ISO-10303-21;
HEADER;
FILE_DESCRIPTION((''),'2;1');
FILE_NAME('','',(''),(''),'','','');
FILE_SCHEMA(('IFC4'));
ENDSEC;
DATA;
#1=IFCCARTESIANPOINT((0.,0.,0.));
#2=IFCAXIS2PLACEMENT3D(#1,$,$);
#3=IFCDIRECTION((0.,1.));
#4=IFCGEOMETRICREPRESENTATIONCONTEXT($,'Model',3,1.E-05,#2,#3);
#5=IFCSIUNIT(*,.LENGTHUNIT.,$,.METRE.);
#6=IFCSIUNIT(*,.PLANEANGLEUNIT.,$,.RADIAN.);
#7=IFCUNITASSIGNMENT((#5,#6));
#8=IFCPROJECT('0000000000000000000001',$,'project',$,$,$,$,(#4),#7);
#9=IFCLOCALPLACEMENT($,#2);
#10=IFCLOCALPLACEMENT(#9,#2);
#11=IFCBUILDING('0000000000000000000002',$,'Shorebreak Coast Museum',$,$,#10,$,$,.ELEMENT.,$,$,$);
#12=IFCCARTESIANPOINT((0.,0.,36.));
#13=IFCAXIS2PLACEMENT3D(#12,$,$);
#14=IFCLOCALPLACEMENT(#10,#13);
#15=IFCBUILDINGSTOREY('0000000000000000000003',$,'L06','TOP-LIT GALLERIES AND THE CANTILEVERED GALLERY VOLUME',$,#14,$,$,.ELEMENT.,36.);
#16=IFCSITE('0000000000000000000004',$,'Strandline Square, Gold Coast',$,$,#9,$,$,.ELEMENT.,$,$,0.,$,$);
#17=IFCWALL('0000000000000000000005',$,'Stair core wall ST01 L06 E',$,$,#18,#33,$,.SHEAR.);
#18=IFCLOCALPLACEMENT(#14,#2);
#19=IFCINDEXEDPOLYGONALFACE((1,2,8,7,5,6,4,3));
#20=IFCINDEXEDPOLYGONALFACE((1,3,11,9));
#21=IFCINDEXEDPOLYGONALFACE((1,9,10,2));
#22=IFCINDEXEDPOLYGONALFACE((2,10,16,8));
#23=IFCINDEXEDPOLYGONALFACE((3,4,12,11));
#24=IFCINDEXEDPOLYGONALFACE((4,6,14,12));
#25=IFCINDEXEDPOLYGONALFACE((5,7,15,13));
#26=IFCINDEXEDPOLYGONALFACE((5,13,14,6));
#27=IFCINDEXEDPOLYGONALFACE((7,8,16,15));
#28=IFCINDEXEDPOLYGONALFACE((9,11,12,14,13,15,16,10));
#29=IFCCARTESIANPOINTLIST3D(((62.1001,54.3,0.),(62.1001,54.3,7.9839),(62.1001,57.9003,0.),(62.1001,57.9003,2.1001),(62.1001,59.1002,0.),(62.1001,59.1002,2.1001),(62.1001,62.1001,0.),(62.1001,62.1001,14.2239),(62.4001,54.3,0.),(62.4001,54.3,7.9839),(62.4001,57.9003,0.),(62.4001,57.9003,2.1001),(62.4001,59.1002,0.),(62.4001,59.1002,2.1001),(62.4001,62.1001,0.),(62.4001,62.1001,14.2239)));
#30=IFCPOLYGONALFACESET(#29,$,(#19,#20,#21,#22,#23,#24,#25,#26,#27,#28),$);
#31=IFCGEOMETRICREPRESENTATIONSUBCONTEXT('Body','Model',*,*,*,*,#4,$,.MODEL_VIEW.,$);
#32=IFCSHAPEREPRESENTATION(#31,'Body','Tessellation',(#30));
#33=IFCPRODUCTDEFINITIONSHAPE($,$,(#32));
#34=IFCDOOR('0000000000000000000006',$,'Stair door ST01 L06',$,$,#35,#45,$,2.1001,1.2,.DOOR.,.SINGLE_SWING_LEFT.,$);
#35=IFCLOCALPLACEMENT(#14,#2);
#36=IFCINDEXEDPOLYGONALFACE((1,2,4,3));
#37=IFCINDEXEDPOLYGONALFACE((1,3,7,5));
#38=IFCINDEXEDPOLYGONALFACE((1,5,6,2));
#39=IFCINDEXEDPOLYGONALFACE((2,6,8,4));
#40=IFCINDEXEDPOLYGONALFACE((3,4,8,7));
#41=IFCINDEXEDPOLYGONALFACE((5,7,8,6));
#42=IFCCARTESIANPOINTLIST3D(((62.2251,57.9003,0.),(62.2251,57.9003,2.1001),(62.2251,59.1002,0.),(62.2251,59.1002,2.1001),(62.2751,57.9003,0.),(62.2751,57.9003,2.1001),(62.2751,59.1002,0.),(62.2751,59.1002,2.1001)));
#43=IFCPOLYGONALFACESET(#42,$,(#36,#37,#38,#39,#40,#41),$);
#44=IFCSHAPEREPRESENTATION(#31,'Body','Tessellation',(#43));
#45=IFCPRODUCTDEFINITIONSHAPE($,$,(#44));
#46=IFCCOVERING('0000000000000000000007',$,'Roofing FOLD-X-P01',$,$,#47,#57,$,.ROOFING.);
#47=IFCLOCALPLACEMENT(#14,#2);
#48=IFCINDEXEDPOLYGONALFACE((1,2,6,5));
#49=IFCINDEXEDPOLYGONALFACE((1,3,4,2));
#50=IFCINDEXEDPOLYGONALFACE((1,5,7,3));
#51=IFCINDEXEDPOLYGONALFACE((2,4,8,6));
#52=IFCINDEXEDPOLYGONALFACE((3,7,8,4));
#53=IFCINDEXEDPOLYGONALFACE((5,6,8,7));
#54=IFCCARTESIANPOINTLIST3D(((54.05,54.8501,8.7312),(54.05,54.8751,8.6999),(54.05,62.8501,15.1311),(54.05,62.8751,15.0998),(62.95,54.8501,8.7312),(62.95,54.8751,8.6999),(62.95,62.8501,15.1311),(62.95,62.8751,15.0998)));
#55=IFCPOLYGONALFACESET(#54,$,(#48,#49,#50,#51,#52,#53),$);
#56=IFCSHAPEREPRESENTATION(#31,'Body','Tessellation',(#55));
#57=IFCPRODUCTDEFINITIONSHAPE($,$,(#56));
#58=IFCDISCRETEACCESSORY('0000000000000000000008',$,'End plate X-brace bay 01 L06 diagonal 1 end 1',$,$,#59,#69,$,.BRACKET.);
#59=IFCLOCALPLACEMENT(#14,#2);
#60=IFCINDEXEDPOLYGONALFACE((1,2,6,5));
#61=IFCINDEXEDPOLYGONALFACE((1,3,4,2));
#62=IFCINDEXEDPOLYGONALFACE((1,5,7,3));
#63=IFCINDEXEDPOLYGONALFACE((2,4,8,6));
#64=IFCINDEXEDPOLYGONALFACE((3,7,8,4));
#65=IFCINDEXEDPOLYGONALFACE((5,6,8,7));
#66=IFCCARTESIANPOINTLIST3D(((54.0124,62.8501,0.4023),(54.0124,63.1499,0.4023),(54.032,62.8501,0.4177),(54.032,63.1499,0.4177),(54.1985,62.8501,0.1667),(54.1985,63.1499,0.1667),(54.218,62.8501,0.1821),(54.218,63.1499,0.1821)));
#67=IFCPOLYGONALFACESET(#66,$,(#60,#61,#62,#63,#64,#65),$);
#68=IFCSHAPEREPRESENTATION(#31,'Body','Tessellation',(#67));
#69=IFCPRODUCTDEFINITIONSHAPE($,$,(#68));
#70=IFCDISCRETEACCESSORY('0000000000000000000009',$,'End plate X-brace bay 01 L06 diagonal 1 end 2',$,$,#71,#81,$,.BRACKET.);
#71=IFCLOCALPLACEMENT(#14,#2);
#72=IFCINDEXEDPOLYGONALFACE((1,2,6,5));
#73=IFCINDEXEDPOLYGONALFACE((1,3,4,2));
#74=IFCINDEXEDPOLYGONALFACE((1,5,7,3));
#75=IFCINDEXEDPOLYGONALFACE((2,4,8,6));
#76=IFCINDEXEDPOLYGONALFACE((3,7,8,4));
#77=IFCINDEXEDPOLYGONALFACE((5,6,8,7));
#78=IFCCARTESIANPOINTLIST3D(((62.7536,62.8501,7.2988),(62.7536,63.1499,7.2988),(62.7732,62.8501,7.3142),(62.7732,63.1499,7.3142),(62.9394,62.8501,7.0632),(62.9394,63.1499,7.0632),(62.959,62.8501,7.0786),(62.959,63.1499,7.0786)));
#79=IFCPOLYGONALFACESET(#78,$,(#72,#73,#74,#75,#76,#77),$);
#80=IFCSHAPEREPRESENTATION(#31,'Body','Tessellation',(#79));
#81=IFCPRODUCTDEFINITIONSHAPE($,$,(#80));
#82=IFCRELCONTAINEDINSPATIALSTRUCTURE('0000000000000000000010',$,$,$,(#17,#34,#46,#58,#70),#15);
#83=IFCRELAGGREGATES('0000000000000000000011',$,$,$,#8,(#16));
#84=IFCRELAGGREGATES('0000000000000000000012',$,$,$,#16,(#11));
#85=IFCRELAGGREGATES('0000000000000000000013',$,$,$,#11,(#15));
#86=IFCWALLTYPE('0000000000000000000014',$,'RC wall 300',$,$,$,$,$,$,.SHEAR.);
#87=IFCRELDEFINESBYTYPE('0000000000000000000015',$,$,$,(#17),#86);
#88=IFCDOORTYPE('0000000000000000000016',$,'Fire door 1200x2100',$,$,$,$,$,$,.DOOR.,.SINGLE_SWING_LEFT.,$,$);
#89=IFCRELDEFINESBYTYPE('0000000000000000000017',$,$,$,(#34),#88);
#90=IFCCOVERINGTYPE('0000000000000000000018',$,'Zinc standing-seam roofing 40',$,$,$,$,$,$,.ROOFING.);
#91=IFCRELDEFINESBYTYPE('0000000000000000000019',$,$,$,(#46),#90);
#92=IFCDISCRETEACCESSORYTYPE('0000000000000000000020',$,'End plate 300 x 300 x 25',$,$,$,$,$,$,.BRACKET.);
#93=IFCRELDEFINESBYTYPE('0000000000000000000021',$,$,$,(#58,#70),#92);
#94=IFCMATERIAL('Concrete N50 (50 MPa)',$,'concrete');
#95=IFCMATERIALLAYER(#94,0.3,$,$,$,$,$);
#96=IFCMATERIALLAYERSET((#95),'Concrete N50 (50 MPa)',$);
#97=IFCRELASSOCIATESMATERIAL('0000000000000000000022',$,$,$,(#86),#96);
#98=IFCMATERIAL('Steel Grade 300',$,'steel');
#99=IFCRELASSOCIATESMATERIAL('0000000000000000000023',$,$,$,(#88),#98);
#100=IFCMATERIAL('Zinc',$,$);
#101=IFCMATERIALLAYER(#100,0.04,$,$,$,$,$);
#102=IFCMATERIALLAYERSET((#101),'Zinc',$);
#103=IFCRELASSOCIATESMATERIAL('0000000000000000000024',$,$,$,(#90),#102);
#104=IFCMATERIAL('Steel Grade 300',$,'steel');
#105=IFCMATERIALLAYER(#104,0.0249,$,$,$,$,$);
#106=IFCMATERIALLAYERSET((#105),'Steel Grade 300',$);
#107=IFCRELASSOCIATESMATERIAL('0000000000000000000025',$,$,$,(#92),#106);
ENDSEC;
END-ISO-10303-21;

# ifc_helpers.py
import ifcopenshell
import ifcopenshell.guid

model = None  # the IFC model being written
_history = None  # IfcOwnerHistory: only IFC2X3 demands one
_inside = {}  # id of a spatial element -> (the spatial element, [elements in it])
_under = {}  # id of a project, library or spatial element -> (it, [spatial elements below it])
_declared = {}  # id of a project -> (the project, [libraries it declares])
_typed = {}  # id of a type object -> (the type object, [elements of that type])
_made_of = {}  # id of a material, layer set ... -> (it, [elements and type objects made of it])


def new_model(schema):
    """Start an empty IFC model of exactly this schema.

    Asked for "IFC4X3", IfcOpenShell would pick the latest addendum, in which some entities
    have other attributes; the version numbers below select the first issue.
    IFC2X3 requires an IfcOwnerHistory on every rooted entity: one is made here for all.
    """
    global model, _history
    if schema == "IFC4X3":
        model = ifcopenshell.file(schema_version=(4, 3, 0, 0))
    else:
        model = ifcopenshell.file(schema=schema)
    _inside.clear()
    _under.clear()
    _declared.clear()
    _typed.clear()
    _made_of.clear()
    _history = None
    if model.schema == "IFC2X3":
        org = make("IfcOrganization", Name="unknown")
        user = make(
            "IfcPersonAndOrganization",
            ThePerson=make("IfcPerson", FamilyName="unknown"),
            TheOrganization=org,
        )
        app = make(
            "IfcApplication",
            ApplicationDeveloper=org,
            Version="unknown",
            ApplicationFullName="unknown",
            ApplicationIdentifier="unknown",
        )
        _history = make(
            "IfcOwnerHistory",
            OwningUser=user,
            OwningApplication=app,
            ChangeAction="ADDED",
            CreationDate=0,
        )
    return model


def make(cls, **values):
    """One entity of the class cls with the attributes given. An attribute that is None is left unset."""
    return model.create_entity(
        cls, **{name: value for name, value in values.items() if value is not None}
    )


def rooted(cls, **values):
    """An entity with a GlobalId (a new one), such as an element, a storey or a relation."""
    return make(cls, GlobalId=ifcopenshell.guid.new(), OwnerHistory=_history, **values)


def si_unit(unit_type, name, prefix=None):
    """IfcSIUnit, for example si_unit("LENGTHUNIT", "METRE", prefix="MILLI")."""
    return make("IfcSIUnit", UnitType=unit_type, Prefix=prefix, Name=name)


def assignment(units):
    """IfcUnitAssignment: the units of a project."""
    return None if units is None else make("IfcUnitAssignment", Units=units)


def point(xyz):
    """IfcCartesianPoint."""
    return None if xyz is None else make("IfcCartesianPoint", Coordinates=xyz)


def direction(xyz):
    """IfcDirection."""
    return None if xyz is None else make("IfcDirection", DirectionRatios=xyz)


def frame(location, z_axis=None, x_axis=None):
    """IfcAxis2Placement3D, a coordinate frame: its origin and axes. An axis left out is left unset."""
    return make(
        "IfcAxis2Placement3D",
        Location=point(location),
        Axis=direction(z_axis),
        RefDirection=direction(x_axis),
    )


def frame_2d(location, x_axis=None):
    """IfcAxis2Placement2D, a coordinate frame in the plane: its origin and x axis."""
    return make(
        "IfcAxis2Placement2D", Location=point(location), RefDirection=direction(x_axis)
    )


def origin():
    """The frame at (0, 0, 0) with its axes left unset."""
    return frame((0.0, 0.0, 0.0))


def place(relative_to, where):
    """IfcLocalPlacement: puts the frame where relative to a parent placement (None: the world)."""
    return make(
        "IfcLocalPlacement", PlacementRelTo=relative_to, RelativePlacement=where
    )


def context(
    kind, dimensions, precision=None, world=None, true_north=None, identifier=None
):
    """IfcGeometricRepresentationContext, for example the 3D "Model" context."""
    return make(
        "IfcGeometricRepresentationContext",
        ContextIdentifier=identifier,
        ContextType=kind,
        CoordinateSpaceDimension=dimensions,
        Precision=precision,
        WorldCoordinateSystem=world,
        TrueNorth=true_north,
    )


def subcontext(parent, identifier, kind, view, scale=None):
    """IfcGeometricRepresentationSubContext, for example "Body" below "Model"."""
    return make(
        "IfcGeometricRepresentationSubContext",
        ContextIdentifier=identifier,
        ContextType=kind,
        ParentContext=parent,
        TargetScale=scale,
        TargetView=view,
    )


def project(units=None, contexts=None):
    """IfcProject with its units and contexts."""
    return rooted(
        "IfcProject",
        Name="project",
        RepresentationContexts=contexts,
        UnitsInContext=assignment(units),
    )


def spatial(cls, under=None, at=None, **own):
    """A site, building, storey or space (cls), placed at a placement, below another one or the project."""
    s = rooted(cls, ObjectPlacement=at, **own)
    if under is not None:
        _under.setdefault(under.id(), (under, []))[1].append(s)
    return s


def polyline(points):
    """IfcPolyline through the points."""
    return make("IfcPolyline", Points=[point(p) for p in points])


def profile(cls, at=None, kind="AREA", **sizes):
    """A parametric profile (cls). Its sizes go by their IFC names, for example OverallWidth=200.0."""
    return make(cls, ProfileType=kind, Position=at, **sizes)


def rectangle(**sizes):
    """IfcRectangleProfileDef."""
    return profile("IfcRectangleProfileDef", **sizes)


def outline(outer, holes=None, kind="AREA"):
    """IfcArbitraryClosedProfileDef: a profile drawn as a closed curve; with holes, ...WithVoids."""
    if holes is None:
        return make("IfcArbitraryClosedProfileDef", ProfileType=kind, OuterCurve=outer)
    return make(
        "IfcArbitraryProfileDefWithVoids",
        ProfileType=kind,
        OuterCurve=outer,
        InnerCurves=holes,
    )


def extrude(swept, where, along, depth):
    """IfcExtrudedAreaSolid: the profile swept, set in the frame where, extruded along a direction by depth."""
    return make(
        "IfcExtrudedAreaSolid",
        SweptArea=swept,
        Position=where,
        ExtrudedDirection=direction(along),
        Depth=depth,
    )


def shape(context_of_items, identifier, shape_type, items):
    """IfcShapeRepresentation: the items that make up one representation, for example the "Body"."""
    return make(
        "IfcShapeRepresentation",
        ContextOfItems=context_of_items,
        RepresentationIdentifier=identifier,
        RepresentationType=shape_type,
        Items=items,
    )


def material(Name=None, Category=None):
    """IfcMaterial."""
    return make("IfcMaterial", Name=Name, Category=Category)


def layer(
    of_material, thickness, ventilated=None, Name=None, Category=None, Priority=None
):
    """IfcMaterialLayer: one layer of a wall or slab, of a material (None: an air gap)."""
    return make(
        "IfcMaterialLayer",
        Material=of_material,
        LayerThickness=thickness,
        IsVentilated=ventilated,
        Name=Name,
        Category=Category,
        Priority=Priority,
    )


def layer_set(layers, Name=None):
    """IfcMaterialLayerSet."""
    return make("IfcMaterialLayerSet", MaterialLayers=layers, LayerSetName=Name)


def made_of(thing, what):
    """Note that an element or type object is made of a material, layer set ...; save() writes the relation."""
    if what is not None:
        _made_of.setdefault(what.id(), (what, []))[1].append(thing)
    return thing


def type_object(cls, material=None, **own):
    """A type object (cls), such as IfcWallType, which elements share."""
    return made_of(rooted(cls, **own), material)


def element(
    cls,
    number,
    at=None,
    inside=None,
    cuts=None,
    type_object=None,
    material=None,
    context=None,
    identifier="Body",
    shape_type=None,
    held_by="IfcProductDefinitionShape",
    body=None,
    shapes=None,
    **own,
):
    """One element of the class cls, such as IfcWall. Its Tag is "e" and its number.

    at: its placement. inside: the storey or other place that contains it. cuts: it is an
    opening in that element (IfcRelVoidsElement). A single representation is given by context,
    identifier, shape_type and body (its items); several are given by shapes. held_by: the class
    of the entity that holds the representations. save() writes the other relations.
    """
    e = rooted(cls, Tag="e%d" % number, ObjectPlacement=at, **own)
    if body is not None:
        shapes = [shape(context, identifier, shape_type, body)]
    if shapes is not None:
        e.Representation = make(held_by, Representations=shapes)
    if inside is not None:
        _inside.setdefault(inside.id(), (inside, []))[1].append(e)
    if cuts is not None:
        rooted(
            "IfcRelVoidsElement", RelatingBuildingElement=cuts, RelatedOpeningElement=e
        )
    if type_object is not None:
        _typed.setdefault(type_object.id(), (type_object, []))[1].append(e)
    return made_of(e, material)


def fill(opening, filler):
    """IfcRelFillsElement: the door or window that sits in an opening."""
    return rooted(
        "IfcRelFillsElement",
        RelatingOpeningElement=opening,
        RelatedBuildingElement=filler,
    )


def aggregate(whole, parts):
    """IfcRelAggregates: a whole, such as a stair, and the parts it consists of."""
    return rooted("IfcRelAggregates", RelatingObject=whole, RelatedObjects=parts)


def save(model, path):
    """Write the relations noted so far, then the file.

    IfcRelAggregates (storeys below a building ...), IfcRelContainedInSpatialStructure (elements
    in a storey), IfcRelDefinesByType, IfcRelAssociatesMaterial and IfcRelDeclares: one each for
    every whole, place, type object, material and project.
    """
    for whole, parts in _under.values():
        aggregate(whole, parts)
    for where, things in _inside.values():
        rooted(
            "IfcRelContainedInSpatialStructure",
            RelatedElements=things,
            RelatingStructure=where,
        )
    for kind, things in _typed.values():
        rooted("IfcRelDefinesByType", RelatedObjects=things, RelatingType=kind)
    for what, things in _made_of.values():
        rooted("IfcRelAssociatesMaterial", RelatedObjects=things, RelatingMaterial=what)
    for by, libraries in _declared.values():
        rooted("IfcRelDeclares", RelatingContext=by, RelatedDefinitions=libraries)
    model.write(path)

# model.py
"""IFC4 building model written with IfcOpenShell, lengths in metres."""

from ifc_helpers import new_model, si_unit, direction, frame, frame_2d, origin, place, context, subcontext, project, spatial, polyline, rectangle, outline, extrude, material, layer, layer_set, type_object, element, fill, save


model = new_model("IFC4")

# Units and contexts
model_context = context("Model", 3, precision=1e-05, world=origin(), true_north=direction((0.0, 1.0)))
body_context = subcontext(model_context, "Body", "Model", "MODEL_VIEW")
ifc_project = project(units=[si_unit("LENGTHUNIT", "METRE"), si_unit("PLANEANGLEUNIT", "RADIAN")], contexts=[model_context])

# Site, building, storey
site_placement = place(None, origin())
site = spatial("IfcSite", under=ifc_project, at=site_placement, Name="Strandline Square, Gold Coast", CompositionType="ELEMENT", RefElevation=0.0)
building_placement = place(site_placement, origin())
building = spatial("IfcBuilding", under=site, at=building_placement, Name="Shorebreak Coast Museum", CompositionType="ELEMENT")
storey_placement = place(building_placement, frame((0.0, 0.0, 36.0)))
storey = spatial("IfcBuildingStorey", under=building, at=storey_placement, Name="L06", Description="TOP-LIT GALLERIES AND THE CANTILEVERED GALLERY VOLUME", CompositionType="ELEMENT", Elevation=36.0)

# Shared definitions
ifc_material_1 = material(Name="Concrete N50 (50 MPa)", Category="concrete")
ifc_layer_1 = layer(ifc_material_1, 0.3)
ifc_layer_set_1 = layer_set([ifc_layer_1], Name="Concrete N50 (50 MPa)")
wall_type_1 = type_object("IfcWallType", Name="RC wall 300", PredefinedType="SHEAR", material=ifc_layer_set_1)

# Wall, opening, door
wall_1_placement = place(storey_placement, frame((62.25, 54.3, 0.0), z_axis=(0.0, 0.0, 1.0), x_axis=(0.0, 1.0, 0.0)))
wall_1 = element("IfcWall", 1, at=wall_1_placement, inside=storey, type_object=wall_type_1, Name="Stair core wall ST01 L06 E", PredefinedType="SHEAR", context=body_context, shape_type="SweptSolid", body=[
    extrude(outline(polyline([(0.0, 0.0), (7.8, 0.0), (7.8, 14.2239), (0.0, 7.9839), (0.0, 0.0)])), frame((0.0, 0.1499, 0.0), z_axis=(0.0, -1.0, 0.0), x_axis=(1.0, 0.0, 0.0)), (0.0, 0.0, 1.0), 0.3),
])
opening_placement = place(wall_1_placement, frame((3.6001, 0.0, 0.0)))
opening = element("IfcOpeningElement", 2, at=opening_placement, cuts=wall_1, PredefinedType="OPENING", context=body_context, shape_type="SweptSolid", body=[
    extrude(rectangle(XDim=1.2, YDim=2.1001, at=frame_2d((0.6001, 1.05))), frame((0.0, 0.1599, 0.0), z_axis=(0.0, -1.0, 0.0), x_axis=(1.0, 0.0, 0.0)), (0.0, 0.0, 1.0), 0.3201),
])
ifc_material_2 = material(Name="Steel Grade 300", Category="steel")
door_type = type_object("IfcDoorType", Name="Fire door 1200x2100", OperationType="SINGLE_SWING_LEFT", PredefinedType="DOOR", material=ifc_material_2)
door_placement = place(opening_placement, origin())
door = element("IfcDoor", 3, at=door_placement, inside=storey, type_object=door_type, Name="Stair door ST01 L06", OperationType="SINGLE_SWING_LEFT", OverallHeight=2.1001, OverallWidth=1.2, PredefinedType="DOOR", context=body_context, shape_type="SweptSolid", body=[
    extrude(rectangle(XDim=1.2, YDim=2.1001, at=frame_2d((0.6001, 1.05))), frame((0.0, 0.0249, 0.0), z_axis=(0.0, -1.0, 0.0), x_axis=(1.0, 0.0, 0.0)), (0.0, 0.0, 1.0), 0.05),
])
fill(opening, door)

# Covering
ifc_material_3 = material(Name="Zinc")
ifc_layer_2 = layer(ifc_material_3, 0.04)
ifc_layer_set_2 = layer_set([ifc_layer_2], Name="Zinc")
covering_type = type_object("IfcCoveringType", Name="Zinc standing-seam roofing 40", PredefinedType="ROOFING", material=ifc_layer_set_2)
covering_placement = place(storey_placement, frame((54.05, 54.8501, 8.7312), z_axis=(0.0, -0.624689, 0.780873), x_axis=(1.0, 0.0, 0.0)))
element("IfcCovering", 4, at=covering_placement, inside=storey, type_object=covering_type, Name="Roofing FOLD-X-P01", PredefinedType="ROOFING", context=body_context, shape_type="SweptSolid", body=[
    extrude(outline(polyline([(0.0, 0.0), (8.8999, 0.0), (8.8999, 10.2449), (0.0, 10.2449), (0.0, 0.0)])), origin(), (0.0, 0.0, -1.0), 0.04),
])

# Discrete accessories
ifc_material_4 = material(Name="Steel Grade 300", Category="steel")
ifc_layer_3 = layer(ifc_material_4, 0.0249)
ifc_layer_set_3 = layer_set([ifc_layer_3], Name="Steel Grade 300")
discrete_accessory_type = type_object("IfcDiscreteAccessoryType", Name="End plate 300 x 300 x 25", PredefinedType="BRACKET", material=ifc_layer_set_3)
discrete_accessory_1_placement = place(storey_placement, frame((54.218, 62.8501, 0.1821), z_axis=(0.78482, 0.0, 0.619723), x_axis=(0.0, 1.0, 0.0)))
element("IfcDiscreteAccessory", 5, at=discrete_accessory_1_placement, inside=storey, type_object=discrete_accessory_type, Name="End plate X-brace bay 01 L06 diagonal 1 end 1", PredefinedType="BRACKET", context=body_context, shape_type="SweptSolid", body=[
    extrude(outline(polyline([(0.0, 0.0), (0.2998, 0.0), (0.2998, 0.3002), (0.0, 0.3002), (0.0, 0.0)])), origin(), (0.0, 0.0, -1.0), 0.0249),
])
discrete_accessory_2_placement = place(storey_placement, frame((62.959, 62.8501, 7.0786), z_axis=(0.785216, 0.0, 0.619222), x_axis=(0.0, 1.0, 0.0)))
element("IfcDiscreteAccessory", 6, at=discrete_accessory_2_placement, inside=storey, type_object=discrete_accessory_type, Name="End plate X-brace bay 01 L06 diagonal 1 end 2", PredefinedType="BRACKET", context=body_context, shape_type="SweptSolid", body=[
    extrude(outline(polyline([(0.0, 0.0), (0.2998, 0.0), (0.2998, 0.3), (0.0, 0.3), (0.0, 0.0)])), origin(), (0.0, 0.0, -1.0), 0.0249),
])

save(model, "model.ifc")
